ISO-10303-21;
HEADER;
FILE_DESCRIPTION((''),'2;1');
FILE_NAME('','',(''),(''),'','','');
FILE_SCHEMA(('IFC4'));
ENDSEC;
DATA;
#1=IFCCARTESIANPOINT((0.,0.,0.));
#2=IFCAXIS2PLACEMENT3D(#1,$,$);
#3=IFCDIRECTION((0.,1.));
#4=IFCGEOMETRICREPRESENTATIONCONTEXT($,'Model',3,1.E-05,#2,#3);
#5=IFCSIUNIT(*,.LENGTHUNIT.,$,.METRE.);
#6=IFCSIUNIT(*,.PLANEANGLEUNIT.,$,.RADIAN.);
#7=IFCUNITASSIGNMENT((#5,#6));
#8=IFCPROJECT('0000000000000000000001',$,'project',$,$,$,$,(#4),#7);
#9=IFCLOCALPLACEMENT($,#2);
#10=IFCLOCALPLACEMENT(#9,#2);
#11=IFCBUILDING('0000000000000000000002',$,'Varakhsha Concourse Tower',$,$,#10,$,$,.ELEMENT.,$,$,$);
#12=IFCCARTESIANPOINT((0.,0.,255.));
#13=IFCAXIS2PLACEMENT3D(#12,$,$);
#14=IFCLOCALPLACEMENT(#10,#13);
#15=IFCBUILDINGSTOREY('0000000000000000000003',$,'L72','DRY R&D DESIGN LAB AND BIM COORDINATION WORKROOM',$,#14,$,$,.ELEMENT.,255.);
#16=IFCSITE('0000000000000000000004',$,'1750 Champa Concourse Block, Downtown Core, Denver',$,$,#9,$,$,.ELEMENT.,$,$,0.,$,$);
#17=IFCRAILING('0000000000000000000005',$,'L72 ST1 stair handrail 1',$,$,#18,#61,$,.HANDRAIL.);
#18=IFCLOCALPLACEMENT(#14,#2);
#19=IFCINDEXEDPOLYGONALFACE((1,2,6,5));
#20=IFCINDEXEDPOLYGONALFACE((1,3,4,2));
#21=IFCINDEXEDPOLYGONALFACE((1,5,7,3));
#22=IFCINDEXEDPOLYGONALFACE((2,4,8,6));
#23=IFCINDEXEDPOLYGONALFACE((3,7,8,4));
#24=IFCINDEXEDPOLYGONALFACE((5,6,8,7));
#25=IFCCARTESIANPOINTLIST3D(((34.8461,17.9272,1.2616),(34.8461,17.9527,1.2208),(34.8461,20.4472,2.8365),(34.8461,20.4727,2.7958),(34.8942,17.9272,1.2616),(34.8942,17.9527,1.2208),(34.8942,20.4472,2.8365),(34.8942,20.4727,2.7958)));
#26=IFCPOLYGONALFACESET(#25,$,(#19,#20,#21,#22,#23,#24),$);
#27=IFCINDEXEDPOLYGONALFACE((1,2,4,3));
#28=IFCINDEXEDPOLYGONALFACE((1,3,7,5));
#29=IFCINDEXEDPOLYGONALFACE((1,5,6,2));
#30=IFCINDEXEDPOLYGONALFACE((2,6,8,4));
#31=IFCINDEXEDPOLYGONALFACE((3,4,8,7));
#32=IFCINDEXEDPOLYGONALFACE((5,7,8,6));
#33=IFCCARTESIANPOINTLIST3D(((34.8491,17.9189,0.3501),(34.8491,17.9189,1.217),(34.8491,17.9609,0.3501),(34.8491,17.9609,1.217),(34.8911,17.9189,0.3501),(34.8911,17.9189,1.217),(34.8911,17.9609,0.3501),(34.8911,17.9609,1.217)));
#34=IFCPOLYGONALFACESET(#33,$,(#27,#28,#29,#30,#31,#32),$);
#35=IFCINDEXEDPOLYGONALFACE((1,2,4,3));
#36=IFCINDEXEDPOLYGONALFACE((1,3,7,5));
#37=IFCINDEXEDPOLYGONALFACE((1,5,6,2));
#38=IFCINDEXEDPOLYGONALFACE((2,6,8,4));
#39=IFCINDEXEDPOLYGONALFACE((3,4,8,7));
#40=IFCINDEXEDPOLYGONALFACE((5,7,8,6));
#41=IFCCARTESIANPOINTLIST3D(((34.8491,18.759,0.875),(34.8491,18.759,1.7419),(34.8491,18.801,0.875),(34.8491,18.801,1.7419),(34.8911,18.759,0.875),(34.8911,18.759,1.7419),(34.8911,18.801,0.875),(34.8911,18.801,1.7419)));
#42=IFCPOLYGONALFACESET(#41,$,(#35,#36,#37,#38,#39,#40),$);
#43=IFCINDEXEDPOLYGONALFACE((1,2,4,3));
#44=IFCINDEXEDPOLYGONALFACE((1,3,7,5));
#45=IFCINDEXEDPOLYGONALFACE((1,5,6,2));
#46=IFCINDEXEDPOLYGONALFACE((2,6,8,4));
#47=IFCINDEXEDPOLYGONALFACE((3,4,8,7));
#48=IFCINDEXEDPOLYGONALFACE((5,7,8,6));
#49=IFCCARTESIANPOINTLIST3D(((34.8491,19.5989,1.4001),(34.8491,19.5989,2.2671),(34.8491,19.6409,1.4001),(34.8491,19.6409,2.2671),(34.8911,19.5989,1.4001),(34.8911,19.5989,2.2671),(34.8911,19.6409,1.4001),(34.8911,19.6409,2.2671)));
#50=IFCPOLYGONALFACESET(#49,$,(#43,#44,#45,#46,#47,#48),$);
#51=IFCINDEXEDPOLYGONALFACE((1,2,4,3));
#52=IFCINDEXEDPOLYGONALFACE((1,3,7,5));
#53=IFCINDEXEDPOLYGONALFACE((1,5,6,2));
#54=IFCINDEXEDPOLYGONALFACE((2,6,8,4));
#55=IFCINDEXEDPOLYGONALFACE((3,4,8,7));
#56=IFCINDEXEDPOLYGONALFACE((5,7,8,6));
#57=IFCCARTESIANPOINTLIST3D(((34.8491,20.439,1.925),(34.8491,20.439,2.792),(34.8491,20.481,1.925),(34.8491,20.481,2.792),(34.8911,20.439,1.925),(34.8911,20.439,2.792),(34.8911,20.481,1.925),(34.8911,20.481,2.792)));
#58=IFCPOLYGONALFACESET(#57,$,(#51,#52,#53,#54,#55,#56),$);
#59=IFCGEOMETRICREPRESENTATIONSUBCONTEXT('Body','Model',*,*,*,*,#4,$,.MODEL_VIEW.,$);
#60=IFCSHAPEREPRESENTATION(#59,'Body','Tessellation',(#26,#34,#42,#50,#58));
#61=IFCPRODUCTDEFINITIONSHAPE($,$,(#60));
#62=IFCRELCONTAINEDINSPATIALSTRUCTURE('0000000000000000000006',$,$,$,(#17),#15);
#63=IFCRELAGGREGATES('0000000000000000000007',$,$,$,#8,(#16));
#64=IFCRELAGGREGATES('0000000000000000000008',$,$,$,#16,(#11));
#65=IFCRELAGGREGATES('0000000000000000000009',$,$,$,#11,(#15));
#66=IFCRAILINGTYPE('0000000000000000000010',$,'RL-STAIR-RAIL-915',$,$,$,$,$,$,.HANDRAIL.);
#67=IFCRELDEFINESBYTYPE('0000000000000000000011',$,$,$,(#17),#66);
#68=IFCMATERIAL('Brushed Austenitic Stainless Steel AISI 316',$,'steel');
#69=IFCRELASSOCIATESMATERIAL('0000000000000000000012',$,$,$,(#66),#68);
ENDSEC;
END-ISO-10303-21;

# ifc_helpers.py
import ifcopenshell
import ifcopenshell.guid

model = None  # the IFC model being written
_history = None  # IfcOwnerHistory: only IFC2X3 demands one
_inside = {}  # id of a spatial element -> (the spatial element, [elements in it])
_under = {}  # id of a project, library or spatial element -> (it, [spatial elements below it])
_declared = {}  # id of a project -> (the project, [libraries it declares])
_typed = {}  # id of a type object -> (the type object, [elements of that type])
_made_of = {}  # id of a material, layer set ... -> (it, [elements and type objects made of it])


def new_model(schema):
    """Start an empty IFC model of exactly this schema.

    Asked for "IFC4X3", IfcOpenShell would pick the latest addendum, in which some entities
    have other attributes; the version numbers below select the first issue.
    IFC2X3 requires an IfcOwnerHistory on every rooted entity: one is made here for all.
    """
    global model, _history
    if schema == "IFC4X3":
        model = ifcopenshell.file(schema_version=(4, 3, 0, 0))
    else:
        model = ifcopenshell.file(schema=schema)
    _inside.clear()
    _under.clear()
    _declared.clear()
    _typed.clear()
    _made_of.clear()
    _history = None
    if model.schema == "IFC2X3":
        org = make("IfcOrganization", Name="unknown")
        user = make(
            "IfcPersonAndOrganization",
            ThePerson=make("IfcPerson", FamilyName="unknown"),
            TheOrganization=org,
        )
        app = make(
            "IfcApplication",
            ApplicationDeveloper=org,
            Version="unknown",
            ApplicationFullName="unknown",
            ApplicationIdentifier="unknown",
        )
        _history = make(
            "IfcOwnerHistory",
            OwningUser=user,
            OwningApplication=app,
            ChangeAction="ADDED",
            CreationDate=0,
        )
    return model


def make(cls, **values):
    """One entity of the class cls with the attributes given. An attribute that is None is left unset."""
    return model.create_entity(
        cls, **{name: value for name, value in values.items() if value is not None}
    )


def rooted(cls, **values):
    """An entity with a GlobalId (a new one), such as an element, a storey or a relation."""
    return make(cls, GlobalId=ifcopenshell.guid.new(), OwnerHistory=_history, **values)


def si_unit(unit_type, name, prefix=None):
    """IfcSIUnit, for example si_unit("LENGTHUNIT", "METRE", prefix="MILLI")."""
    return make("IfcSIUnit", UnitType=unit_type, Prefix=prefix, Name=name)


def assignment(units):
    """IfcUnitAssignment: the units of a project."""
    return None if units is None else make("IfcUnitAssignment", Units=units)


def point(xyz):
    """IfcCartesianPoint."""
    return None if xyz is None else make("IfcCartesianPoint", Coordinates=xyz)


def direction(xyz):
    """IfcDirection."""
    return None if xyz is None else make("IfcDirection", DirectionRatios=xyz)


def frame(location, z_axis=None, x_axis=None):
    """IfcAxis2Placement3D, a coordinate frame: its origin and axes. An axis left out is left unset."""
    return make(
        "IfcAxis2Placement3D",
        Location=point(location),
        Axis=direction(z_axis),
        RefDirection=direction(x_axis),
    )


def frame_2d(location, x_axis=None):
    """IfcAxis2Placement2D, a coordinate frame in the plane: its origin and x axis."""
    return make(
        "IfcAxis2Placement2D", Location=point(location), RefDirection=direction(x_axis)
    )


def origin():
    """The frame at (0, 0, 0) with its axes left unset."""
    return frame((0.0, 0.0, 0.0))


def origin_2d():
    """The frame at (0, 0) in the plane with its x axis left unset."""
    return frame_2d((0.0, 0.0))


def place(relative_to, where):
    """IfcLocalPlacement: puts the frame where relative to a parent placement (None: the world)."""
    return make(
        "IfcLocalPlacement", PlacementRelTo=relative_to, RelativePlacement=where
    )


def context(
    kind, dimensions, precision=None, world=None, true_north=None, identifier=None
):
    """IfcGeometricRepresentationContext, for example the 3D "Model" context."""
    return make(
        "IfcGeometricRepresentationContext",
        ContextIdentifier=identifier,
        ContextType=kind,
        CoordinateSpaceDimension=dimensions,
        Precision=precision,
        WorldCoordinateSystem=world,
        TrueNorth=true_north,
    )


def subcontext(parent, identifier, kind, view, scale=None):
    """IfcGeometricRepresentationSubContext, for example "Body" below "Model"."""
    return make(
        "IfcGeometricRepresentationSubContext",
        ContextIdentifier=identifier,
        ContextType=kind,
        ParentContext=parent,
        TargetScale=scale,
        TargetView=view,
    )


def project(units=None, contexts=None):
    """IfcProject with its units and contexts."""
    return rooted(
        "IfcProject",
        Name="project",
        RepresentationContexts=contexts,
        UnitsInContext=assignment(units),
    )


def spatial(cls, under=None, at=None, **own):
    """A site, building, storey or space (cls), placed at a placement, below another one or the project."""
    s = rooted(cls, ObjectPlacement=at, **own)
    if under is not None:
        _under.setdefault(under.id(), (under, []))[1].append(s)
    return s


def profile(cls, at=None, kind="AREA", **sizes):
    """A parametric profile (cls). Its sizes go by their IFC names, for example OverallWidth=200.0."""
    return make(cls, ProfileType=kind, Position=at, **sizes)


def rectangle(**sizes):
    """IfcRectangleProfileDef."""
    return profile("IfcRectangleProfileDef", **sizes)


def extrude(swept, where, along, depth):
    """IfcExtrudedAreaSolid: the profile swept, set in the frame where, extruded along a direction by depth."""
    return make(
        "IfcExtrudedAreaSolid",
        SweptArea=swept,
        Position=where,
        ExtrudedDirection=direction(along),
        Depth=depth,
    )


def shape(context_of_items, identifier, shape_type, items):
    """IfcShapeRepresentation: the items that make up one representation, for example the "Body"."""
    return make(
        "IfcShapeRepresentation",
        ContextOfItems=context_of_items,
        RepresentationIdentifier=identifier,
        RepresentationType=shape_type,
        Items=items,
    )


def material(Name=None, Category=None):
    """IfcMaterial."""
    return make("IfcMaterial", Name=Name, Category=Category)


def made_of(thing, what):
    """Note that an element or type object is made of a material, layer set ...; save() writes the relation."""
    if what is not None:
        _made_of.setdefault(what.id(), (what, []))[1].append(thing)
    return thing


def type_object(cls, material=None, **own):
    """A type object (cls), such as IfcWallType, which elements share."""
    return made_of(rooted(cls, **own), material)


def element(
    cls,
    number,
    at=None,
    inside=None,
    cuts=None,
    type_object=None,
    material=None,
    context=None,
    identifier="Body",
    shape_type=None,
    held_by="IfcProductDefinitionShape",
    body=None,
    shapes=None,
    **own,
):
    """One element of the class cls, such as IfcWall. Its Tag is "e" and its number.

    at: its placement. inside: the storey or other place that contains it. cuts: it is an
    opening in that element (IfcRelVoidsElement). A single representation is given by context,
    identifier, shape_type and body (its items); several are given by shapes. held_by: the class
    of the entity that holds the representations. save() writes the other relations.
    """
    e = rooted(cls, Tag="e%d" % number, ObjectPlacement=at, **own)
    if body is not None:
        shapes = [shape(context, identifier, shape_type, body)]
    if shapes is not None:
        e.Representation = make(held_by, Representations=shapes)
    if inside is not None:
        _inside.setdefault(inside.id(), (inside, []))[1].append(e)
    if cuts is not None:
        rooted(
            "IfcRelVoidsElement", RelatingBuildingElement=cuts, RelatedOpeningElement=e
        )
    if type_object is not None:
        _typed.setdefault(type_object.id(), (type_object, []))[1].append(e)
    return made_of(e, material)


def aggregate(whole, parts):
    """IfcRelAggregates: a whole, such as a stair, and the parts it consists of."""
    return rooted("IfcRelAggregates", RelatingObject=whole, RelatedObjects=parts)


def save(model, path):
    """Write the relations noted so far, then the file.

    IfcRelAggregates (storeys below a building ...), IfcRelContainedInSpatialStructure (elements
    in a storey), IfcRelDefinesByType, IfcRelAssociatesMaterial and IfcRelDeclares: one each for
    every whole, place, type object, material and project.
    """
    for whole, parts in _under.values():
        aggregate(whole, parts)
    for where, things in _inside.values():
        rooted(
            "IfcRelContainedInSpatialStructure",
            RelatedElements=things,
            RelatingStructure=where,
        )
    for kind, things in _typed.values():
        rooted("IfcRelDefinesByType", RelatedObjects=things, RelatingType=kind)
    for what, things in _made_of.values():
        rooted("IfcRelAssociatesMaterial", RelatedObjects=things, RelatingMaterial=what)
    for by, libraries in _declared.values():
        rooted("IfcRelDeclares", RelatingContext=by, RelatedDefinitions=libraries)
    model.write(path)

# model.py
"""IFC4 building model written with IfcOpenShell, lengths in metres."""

from ifc_helpers import new_model, si_unit, direction, frame, origin, origin_2d, place, context, subcontext, project, spatial, rectangle, extrude, material, type_object, element, save


model = new_model("IFC4")

# Units and contexts
model_context = context("Model", 3, precision=1e-05, world=origin(), true_north=direction((0.0, 1.0)))
body_context = subcontext(model_context, "Body", "Model", "MODEL_VIEW")
ifc_project = project(units=[si_unit("LENGTHUNIT", "METRE"), si_unit("PLANEANGLEUNIT", "RADIAN")], contexts=[model_context])

# Site, building, storey
site_placement = place(None, origin())
site = spatial("IfcSite", under=ifc_project, at=site_placement, Name="1750 Champa Concourse Block, Downtown Core, Denver", CompositionType="ELEMENT", RefElevation=0.0)
building_placement = place(site_placement, origin())
building = spatial("IfcBuilding", under=site, at=building_placement, Name="Varakhsha Concourse Tower", CompositionType="ELEMENT")
storey_placement = place(building_placement, frame((0.0, 0.0, 255.0)))
storey = spatial("IfcBuildingStorey", under=building, at=storey_placement, Name="L72", Description="DRY R&D DESIGN LAB AND BIM COORDINATION WORKROOM", CompositionType="ELEMENT", Elevation=255.0)

# Railing
ifc_material_1 = material(Name="Brushed Austenitic Stainless Steel AISI 316", Category="steel")
railing_type_1 = type_object("IfcRailingType", Name="RL-STAIR-RAIL-915", PredefinedType="HANDRAIL", material=ifc_material_1)
railing_1_placement = place(storey_placement, frame((34.8701, 17.9399, 0.3501)))
element("IfcRailing", 1, at=railing_1_placement, inside=storey, type_object=railing_type_1, Name="L72 ST1 stair handrail 1", PredefinedType="HANDRAIL", context=body_context, shape_type="SweptSolid", body=[
    extrude(rectangle(XDim=0.0481, YDim=0.0481, at=origin_2d()), frame((0.0, 0.0, 0.8911), z_axis=(0.0, 0.848008, 0.529984), x_axis=(-1.0, 0.0, 0.0)), (0.0, 0.0, 1.0), 2.9717),
    extrude(rectangle(XDim=0.042, YDim=0.042, at=origin_2d()), origin(), (0.0, 0.0, 1.0), 0.8669),
    extrude(rectangle(XDim=0.042, YDim=0.042, at=origin_2d()), frame((0.0, 0.8401, 0.5249)), (0.0, 0.0, 1.0), 0.8669),
    extrude(rectangle(XDim=0.042, YDim=0.042, at=origin_2d()), frame((0.0, 1.6799, 1.05)), (0.0, 0.0, 1.0), 0.8669),
    extrude(rectangle(XDim=0.042, YDim=0.042, at=origin_2d()), frame((0.0, 2.52, 1.575)), (0.0, 0.0, 1.0), 0.8669),
])

save(model, "model.ifc")
